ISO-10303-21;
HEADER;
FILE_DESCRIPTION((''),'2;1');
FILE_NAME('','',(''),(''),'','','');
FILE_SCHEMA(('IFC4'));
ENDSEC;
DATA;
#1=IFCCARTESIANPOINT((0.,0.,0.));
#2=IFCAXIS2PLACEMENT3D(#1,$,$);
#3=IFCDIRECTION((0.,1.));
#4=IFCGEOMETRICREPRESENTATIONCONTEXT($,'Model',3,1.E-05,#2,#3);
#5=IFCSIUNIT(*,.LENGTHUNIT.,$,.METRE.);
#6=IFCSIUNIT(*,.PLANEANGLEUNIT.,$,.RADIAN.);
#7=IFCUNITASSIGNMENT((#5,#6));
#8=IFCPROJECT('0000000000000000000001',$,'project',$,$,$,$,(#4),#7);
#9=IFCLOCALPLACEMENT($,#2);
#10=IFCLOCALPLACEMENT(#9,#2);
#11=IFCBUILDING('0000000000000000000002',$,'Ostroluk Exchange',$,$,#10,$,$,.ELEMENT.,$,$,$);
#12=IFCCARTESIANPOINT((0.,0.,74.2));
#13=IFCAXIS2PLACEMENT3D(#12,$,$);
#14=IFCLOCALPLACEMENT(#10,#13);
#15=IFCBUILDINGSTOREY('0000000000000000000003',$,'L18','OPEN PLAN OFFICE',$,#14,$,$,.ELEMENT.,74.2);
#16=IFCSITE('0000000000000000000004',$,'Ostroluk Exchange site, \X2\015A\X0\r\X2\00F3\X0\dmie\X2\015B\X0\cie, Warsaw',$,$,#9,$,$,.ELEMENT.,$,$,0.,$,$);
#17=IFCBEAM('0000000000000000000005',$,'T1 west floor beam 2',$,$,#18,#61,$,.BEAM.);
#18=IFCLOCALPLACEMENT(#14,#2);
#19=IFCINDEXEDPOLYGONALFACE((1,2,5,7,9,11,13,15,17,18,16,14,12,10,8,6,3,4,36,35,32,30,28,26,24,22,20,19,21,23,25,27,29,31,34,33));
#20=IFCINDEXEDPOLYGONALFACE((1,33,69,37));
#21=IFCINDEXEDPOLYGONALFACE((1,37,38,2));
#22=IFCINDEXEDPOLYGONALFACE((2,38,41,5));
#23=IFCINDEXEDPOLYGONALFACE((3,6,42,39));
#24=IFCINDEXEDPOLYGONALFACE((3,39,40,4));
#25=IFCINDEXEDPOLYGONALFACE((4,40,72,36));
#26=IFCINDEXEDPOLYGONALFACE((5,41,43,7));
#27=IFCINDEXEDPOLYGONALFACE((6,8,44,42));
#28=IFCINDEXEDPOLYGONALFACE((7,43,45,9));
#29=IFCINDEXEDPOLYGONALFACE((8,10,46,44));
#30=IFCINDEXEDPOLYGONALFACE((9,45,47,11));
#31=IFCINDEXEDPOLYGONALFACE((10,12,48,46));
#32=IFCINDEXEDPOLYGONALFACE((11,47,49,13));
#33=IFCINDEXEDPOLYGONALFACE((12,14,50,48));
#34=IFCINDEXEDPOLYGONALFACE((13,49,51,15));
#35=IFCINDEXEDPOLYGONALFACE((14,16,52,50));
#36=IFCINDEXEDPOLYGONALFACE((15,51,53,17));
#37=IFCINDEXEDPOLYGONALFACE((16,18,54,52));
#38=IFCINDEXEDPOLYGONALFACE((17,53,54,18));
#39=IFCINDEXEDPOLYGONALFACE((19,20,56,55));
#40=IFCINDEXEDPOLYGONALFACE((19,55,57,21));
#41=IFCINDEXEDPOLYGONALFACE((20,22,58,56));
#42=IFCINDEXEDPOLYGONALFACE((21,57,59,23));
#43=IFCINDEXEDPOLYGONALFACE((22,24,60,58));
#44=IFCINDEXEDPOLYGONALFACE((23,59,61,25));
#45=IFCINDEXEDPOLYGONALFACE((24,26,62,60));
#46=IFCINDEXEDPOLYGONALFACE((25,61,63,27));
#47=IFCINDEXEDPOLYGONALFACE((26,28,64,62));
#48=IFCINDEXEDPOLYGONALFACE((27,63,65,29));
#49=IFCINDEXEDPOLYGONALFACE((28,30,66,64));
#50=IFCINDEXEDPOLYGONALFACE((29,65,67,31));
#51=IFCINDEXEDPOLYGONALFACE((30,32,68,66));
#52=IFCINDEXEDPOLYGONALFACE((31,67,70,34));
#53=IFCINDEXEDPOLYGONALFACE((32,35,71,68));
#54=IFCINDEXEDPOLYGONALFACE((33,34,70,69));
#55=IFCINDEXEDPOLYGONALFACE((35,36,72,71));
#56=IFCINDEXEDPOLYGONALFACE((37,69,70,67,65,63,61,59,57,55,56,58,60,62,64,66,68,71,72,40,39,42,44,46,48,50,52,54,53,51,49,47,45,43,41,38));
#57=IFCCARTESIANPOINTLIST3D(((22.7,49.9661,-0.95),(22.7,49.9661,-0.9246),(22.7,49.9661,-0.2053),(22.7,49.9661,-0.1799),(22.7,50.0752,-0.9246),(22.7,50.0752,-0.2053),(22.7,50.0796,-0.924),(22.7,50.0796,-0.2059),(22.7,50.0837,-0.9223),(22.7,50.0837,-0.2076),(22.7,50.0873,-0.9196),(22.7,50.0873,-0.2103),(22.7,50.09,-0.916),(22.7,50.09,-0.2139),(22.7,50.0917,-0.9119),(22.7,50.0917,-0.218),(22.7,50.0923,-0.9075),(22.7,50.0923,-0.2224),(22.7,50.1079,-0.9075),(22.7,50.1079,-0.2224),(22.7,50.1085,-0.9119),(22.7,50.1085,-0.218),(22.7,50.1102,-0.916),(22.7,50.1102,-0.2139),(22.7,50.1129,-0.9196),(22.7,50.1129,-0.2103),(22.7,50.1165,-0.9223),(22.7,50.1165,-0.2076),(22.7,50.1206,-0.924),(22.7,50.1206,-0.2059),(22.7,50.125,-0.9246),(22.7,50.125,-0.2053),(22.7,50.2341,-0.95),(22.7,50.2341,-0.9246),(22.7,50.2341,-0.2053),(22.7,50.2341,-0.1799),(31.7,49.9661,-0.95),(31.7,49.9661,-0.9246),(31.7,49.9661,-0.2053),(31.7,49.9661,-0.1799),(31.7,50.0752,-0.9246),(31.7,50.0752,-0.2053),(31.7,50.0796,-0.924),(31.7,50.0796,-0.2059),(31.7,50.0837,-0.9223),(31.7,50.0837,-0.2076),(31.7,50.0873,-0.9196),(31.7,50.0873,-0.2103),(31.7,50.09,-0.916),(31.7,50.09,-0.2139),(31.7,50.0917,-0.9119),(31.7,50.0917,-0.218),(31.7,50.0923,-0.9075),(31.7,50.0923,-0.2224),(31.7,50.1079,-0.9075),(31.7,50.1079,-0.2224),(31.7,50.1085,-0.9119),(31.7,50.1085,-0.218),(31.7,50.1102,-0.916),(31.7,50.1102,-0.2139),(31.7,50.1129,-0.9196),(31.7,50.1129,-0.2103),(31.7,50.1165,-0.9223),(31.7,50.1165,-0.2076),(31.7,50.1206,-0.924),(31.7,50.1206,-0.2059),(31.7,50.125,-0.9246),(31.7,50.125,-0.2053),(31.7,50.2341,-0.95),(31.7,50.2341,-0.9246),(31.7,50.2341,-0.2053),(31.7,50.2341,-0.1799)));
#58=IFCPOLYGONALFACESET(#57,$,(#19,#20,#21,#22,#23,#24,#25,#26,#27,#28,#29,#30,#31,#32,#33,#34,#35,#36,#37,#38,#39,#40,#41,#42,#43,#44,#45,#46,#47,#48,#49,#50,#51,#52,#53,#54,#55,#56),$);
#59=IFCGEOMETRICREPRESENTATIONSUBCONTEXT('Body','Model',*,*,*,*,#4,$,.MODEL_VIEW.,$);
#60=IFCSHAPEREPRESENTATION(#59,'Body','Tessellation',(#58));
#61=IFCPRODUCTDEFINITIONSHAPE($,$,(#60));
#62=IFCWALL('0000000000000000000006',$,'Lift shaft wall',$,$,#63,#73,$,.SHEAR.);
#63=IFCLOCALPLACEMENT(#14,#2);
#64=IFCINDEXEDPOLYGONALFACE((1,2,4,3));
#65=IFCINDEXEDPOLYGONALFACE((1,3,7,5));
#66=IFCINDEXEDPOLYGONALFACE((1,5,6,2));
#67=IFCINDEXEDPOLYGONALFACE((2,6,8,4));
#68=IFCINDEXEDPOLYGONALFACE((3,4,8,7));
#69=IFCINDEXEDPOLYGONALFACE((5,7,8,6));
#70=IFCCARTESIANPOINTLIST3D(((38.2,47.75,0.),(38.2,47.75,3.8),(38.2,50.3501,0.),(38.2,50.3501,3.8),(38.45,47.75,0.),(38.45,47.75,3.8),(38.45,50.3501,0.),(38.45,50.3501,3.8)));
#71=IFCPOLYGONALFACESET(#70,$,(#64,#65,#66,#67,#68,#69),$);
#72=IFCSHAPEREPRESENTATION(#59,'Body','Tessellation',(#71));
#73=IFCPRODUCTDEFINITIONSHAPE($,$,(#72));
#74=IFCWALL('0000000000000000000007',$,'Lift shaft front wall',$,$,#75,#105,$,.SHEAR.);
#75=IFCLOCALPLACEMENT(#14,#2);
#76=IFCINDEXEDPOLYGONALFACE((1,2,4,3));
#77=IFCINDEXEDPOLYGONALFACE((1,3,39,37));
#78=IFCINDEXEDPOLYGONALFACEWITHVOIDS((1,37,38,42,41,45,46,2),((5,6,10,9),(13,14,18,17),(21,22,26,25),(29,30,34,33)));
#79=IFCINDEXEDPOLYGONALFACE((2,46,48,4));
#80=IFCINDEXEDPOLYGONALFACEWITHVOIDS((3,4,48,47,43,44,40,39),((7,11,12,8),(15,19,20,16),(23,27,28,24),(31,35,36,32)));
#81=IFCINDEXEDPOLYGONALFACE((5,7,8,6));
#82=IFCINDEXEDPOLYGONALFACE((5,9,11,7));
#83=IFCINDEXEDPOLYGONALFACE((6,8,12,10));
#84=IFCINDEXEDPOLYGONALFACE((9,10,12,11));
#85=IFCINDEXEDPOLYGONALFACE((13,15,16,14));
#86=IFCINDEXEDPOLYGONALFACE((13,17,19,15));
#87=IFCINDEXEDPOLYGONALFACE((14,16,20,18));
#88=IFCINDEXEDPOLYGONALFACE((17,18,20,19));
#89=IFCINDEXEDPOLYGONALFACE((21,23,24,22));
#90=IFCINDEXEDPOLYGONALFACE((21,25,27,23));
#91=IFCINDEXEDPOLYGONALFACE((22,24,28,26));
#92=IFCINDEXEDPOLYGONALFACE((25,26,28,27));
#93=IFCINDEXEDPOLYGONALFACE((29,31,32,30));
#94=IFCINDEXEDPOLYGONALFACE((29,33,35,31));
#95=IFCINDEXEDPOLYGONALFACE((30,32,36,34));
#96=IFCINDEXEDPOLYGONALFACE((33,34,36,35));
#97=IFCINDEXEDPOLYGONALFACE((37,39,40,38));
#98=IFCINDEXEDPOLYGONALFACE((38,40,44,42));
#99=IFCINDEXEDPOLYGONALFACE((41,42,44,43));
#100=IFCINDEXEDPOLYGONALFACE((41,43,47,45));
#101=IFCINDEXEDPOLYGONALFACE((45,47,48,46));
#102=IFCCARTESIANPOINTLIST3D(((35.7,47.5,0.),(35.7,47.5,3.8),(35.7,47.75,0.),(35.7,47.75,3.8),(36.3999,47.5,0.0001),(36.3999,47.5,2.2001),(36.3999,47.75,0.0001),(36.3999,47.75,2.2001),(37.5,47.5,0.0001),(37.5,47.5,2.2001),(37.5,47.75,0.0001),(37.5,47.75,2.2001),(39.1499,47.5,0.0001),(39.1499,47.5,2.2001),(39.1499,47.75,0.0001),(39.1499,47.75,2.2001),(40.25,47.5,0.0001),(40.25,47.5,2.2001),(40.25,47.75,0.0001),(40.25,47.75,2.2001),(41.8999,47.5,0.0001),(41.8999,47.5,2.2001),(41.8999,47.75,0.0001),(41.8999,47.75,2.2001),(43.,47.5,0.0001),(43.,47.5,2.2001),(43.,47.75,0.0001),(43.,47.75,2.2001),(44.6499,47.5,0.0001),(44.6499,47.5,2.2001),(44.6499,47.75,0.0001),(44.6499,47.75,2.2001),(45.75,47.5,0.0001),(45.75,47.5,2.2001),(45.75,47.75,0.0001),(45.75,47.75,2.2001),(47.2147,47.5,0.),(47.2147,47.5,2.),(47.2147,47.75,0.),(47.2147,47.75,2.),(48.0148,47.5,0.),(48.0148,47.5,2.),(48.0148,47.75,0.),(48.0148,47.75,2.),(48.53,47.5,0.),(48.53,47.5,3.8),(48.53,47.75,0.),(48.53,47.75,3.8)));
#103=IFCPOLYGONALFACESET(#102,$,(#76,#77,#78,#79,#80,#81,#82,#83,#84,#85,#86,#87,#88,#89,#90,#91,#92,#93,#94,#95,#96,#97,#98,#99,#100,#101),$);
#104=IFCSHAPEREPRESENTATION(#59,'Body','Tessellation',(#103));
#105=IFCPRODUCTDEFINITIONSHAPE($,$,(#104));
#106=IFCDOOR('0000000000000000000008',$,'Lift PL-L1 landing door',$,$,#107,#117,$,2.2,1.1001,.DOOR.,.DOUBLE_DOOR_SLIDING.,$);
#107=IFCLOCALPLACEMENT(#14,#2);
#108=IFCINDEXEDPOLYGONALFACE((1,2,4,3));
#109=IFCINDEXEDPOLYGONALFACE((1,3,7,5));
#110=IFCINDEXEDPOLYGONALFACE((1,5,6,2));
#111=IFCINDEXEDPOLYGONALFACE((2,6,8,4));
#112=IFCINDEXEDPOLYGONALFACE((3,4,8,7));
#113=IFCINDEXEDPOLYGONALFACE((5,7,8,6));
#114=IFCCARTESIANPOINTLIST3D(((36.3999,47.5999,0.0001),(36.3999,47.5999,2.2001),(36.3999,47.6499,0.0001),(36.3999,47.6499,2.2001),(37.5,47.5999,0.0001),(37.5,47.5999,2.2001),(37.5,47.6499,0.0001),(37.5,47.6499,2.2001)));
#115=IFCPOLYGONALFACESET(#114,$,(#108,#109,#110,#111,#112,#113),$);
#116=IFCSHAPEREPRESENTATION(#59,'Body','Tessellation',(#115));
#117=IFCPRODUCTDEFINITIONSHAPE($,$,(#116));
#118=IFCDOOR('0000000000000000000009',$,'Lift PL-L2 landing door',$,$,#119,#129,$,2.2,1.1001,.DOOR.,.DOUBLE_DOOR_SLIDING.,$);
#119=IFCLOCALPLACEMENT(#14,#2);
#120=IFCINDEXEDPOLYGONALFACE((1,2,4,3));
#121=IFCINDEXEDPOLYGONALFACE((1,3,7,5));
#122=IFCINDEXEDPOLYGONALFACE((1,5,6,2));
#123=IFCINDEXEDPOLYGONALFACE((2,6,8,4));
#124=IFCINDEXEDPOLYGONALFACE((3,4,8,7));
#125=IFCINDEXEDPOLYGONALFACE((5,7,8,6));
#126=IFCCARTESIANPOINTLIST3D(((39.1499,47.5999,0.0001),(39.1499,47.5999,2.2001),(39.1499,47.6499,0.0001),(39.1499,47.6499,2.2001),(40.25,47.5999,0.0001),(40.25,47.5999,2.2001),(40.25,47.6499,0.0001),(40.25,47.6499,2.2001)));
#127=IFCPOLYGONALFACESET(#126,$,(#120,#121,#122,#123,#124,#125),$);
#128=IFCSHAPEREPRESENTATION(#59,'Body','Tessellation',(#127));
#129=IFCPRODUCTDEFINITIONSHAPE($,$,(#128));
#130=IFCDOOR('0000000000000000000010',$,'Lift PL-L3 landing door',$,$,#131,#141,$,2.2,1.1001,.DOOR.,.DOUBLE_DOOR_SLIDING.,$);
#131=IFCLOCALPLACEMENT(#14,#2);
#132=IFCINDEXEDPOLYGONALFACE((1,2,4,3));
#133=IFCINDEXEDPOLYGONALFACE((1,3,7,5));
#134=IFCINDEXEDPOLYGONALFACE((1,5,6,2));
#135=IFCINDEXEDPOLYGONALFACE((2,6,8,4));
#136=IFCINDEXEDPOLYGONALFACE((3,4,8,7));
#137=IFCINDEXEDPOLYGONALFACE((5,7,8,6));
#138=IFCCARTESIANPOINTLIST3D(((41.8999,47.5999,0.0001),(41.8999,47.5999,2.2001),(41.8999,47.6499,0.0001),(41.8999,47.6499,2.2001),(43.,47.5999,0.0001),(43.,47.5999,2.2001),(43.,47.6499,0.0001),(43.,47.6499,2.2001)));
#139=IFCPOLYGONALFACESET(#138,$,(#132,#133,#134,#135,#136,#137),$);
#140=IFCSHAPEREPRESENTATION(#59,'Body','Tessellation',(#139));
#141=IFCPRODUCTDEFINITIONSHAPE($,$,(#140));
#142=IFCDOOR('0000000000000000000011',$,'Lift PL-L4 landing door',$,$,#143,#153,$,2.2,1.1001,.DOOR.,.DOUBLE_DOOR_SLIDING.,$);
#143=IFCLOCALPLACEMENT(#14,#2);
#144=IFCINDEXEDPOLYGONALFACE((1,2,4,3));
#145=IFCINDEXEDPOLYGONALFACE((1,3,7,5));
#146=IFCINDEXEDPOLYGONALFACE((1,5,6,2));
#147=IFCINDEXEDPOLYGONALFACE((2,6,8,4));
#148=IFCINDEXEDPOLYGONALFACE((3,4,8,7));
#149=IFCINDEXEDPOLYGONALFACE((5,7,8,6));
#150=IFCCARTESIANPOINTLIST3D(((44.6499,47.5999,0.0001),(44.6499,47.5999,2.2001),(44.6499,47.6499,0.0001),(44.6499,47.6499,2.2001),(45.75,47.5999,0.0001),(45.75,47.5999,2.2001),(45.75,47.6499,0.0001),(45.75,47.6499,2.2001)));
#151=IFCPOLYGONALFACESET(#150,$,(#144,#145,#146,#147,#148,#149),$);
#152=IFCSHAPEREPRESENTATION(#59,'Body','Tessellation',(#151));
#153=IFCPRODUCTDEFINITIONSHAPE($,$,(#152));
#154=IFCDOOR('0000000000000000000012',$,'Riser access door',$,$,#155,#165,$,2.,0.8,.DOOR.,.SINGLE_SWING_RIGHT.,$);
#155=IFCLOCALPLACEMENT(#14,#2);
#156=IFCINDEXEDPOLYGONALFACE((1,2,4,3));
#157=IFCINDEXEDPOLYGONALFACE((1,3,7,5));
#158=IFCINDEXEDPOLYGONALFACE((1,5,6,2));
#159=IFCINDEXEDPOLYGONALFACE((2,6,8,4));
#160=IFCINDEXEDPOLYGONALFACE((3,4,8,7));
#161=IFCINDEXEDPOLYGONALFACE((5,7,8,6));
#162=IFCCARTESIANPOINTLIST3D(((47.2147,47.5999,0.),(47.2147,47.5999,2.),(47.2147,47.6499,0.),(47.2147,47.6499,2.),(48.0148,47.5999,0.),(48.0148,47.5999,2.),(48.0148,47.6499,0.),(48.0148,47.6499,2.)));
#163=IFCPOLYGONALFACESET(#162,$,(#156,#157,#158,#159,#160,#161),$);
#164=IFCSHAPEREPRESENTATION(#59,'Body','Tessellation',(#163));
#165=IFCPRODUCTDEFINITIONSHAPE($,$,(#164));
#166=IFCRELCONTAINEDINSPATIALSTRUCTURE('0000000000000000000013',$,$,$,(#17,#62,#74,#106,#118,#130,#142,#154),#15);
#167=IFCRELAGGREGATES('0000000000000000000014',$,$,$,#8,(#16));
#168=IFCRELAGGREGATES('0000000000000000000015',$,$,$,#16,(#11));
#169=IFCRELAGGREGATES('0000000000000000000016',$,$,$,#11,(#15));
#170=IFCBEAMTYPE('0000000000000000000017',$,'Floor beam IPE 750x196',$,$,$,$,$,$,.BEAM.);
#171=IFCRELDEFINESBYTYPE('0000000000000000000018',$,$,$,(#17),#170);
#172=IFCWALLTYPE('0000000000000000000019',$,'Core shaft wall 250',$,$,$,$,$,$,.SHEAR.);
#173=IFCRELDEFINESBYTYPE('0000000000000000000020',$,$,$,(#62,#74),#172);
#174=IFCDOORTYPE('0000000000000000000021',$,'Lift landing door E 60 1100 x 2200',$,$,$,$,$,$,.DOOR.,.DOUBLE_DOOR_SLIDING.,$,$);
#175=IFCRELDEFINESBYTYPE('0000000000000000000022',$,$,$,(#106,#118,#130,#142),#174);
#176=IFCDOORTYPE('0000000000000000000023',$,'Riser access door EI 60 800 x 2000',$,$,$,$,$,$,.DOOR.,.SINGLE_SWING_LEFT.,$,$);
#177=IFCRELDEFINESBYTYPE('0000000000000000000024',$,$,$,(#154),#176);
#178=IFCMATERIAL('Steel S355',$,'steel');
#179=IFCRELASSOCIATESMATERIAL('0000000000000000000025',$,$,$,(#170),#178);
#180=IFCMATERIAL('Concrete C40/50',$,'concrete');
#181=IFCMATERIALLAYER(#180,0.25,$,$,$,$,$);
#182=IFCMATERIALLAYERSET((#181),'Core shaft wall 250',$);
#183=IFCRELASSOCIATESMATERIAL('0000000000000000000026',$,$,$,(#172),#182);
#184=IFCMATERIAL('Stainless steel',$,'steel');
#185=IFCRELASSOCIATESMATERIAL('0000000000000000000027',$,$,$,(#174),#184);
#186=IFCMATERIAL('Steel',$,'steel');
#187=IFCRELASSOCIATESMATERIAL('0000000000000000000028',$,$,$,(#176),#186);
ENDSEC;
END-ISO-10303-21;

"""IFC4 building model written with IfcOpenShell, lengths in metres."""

from ifc_helpers import new_model, si_unit, direction, frame, frame_2d, origin, origin_2d, place, context, subcontext, project, spatial, rectangle, i_section, extrude, material, layer, layer_set, material_profile, profile_set, type_object, element, fill, save


model = new_model("IFC4")

# Units and contexts
model_context = context("Model", 3, precision=1e-05, world=origin(), true_north=direction((0.0, 1.0)))
body_context = subcontext(model_context, "Body", "Model", "MODEL_VIEW")
ifc_project = project(units=[si_unit("LENGTHUNIT", "METRE"), si_unit("PLANEANGLEUNIT", "RADIAN")], contexts=[model_context])

# Site, building, storey
site_placement = place(None, origin())
site = spatial("IfcSite", under=ifc_project, at=site_placement, Name="Ostroluk Exchange site, Śródmieście, Warsaw", CompositionType="ELEMENT", RefElevation=0.0)
building_placement = place(site_placement, origin())
building = spatial("IfcBuilding", under=site, at=building_placement, Name="Ostroluk Exchange", CompositionType="ELEMENT")
storey_placement = place(building_placement, frame((0.0, 0.0, 74.2)))
storey = spatial("IfcBuildingStorey", under=building, at=storey_placement, Name="L18", Description="OPEN PLAN OFFICE", CompositionType="ELEMENT", Elevation=74.2)

# Beam
ifc_material_1 = material(Name="Steel S355", Category="steel")
ifc_material_profile = material_profile(ifc_material_1, i_section(OverallWidth=0.2681, OverallDepth=0.77, WebThickness=0.0156, FlangeThickness=0.0254, FilletRadius=0.0171, at=origin_2d()), Name="IPE 750x196")
ifc_profile_set = profile_set([ifc_material_profile], Name="Steel S355")
beam_type = type_object("IfcBeamType", Name="Floor beam IPE 750x196", PredefinedType="BEAM", material=ifc_profile_set)
beam_placement = place(storey_placement, frame((31.7, 50.1001, -0.5649), z_axis=(-1.0, 0.0, 0.0), x_axis=(0.0, -1.0, 0.0)))
element("IfcBeam", 1, at=beam_placement, inside=storey, type_object=beam_type, Name="T1 west floor beam 2", PredefinedType="BEAM", context=body_context, shape_type="SweptSolid", body=[
    extrude(i_section(OverallWidth=0.2681, OverallDepth=0.77, WebThickness=0.0156, FlangeThickness=0.0254, FilletRadius=0.0171, at=origin_2d()), origin(), (0.0, 0.0, 1.0), 9.0),
])

# Wall
ifc_material_2 = material(Name="Concrete C40/50", Category="concrete")
ifc_layer = layer(ifc_material_2, 0.25)
ifc_layer_set = layer_set([ifc_layer], Name="Core shaft wall 250")
wall_type = type_object("IfcWallType", Name="Core shaft wall 250", PredefinedType="SHEAR", material=ifc_layer_set)
wall_1_placement = place(storey_placement, frame((38.325, 47.75, 0.0), z_axis=(0.0, 0.0, 1.0), x_axis=(0.0, 1.0, 0.0)))
element("IfcWall", 2, at=wall_1_placement, inside=storey, type_object=wall_type, Name="Lift shaft wall", PredefinedType="SHEAR", context=body_context, shape_type="SweptSolid", body=[
    extrude(rectangle(XDim=2.6001, YDim=0.25, at=frame_2d((1.3, 0.0))), origin(), (0.0, 0.0, 1.0), 3.8),
])

# Wall, openings, doors
wall_2_placement = place(storey_placement, frame((35.7, 47.625, 0.0), z_axis=(0.0, 0.0, 1.0), x_axis=(1.0, 0.0, 0.0)))
wall_2 = element("IfcWall", 3, at=wall_2_placement, inside=storey, type_object=wall_type, Name="Lift shaft front wall", PredefinedType="SHEAR", context=body_context, shape_type="SweptSolid", body=[
    extrude(rectangle(XDim=12.8301, YDim=0.25, at=frame_2d((6.415, 0.0))), origin(), (0.0, 0.0, 1.0), 3.8),
])
opening_1_placement = place(wall_2_placement, frame((0.7, 0.0, 0.0)))
opening_1 = element("IfcOpeningElement", 4, at=opening_1_placement, cuts=wall_2, PredefinedType="OPENING", context=body_context, shape_type="SweptSolid", body=[
    extrude(rectangle(XDim=1.1001, YDim=2.2, at=frame_2d((0.55, 1.1001))), frame((0.0, 0.135, 0.0), z_axis=(0.0, -1.0, 0.0), x_axis=(1.0, 0.0, 0.0)), (0.0, 0.0, 1.0), 0.27),
])
opening_2_placement = place(wall_2_placement, frame((3.45, 0.0, 0.0)))
opening_2 = element("IfcOpeningElement", 5, at=opening_2_placement, cuts=wall_2, PredefinedType="OPENING", context=body_context, shape_type="SweptSolid", body=[
    extrude(rectangle(XDim=1.1001, YDim=2.2, at=frame_2d((0.55, 1.1001))), frame((0.0, 0.135, 0.0), z_axis=(0.0, -1.0, 0.0), x_axis=(1.0, 0.0, 0.0)), (0.0, 0.0, 1.0), 0.27),
])
opening_3_placement = place(wall_2_placement, frame((6.2, 0.0, 0.0)))
opening_3 = element("IfcOpeningElement", 6, at=opening_3_placement, cuts=wall_2, PredefinedType="OPENING", context=body_context, shape_type="SweptSolid", body=[
    extrude(rectangle(XDim=1.1001, YDim=2.2, at=frame_2d((0.55, 1.1001))), frame((0.0, 0.135, 0.0), z_axis=(0.0, -1.0, 0.0), x_axis=(1.0, 0.0, 0.0)), (0.0, 0.0, 1.0), 0.27),
])
opening_4_placement = place(wall_2_placement, frame((8.95, 0.0, 0.0)))
opening_4 = element("IfcOpeningElement", 7, at=opening_4_placement, cuts=wall_2, PredefinedType="OPENING", context=body_context, shape_type="SweptSolid", body=[
    extrude(rectangle(XDim=1.1001, YDim=2.2, at=frame_2d((0.55, 1.1001))), frame((0.0, 0.135, 0.0), z_axis=(0.0, -1.0, 0.0), x_axis=(1.0, 0.0, 0.0)), (0.0, 0.0, 1.0), 0.27),
])
opening_5_placement = place(wall_2_placement, frame((11.5149, 0.0, 0.0)))
opening_5 = element("IfcOpeningElement", 8, at=opening_5_placement, cuts=wall_2, PredefinedType="OPENING", context=body_context, shape_type="SweptSolid", body=[
    extrude(rectangle(XDim=0.8, YDim=2.0, at=frame_2d((0.3999, 1.0))), frame((0.0, 0.135, 0.0), z_axis=(0.0, -1.0, 0.0), x_axis=(1.0, 0.0, 0.0)), (0.0, 0.0, 1.0), 0.27),
])
ifc_material_3 = material(Name="Stainless steel", Category="steel")
door_type_1 = type_object("IfcDoorType", Name="Lift landing door E 60 1100 x 2200", OperationType="DOUBLE_DOOR_SLIDING", PredefinedType="DOOR", material=ifc_material_3)
door_1_placement = place(opening_1_placement, origin())
door_1 = element("IfcDoor", 9, at=door_1_placement, inside=storey, type_object=door_type_1, Name="Lift PL-L1 landing door", OperationType="DOUBLE_DOOR_SLIDING", OverallHeight=2.2, OverallWidth=1.1001, PredefinedType="DOOR", context=body_context, shape_type="SweptSolid", body=[
    extrude(rectangle(XDim=1.1001, YDim=2.2, at=frame_2d((0.55, 1.1001))), frame((0.0, 0.0249, 0.0), z_axis=(0.0, -1.0, 0.0), x_axis=(1.0, 0.0, 0.0)), (0.0, 0.0, 1.0), 0.05),
])
fill(opening_1, door_1)
door_2_placement = place(opening_2_placement, origin())
door_2 = element("IfcDoor", 10, at=door_2_placement, inside=storey, type_object=door_type_1, Name="Lift PL-L2 landing door", OperationType="DOUBLE_DOOR_SLIDING", OverallHeight=2.2, OverallWidth=1.1001, PredefinedType="DOOR", context=body_context, shape_type="SweptSolid", body=[
    extrude(rectangle(XDim=1.1001, YDim=2.2, at=frame_2d((0.55, 1.1001))), frame((0.0, 0.0249, 0.0), z_axis=(0.0, -1.0, 0.0), x_axis=(1.0, 0.0, 0.0)), (0.0, 0.0, 1.0), 0.05),
])
fill(opening_2, door_2)
door_3_placement = place(opening_3_placement, origin())
door_3 = element("IfcDoor", 11, at=door_3_placement, inside=storey, type_object=door_type_1, Name="Lift PL-L3 landing door", OperationType="DOUBLE_DOOR_SLIDING", OverallHeight=2.2, OverallWidth=1.1001, PredefinedType="DOOR", context=body_context, shape_type="SweptSolid", body=[
    extrude(rectangle(XDim=1.1001, YDim=2.2, at=frame_2d((0.55, 1.1001))), frame((0.0, 0.0249, 0.0), z_axis=(0.0, -1.0, 0.0), x_axis=(1.0, 0.0, 0.0)), (0.0, 0.0, 1.0), 0.05),
])
fill(opening_3, door_3)
door_4_placement = place(opening_4_placement, origin())
door_4 = element("IfcDoor", 12, at=door_4_placement, inside=storey, type_object=door_type_1, Name="Lift PL-L4 landing door", OperationType="DOUBLE_DOOR_SLIDING", OverallHeight=2.2, OverallWidth=1.1001, PredefinedType="DOOR", context=body_context, shape_type="SweptSolid", body=[
    extrude(rectangle(XDim=1.1001, YDim=2.2, at=frame_2d((0.55, 1.1001))), frame((0.0, 0.0249, 0.0), z_axis=(0.0, -1.0, 0.0), x_axis=(1.0, 0.0, 0.0)), (0.0, 0.0, 1.0), 0.05),
])
fill(opening_4, door_4)
ifc_material_4 = material(Name="Steel", Category="steel")
door_type_2 = type_object("IfcDoorType", Name="Riser access door EI 60 800 x 2000", OperationType="SINGLE_SWING_LEFT", PredefinedType="DOOR", material=ifc_material_4)
door_5_placement = place(opening_5_placement, origin())
door_5 = element("IfcDoor", 13, at=door_5_placement, inside=storey, type_object=door_type_2, Name="Riser access door", OperationType="SINGLE_SWING_RIGHT", OverallHeight=2.0, OverallWidth=0.8, PredefinedType="DOOR", context=body_context, shape_type="SweptSolid", body=[
    extrude(rectangle(XDim=0.8, YDim=2.0, at=frame_2d((0.3999, 1.0))), frame((0.0, 0.0249, 0.0), z_axis=(0.0, -1.0, 0.0), x_axis=(1.0, 0.0, 0.0)), (0.0, 0.0, 1.0), 0.05),
])
fill(opening_5, door_5)

save(model, "model.ifc")
